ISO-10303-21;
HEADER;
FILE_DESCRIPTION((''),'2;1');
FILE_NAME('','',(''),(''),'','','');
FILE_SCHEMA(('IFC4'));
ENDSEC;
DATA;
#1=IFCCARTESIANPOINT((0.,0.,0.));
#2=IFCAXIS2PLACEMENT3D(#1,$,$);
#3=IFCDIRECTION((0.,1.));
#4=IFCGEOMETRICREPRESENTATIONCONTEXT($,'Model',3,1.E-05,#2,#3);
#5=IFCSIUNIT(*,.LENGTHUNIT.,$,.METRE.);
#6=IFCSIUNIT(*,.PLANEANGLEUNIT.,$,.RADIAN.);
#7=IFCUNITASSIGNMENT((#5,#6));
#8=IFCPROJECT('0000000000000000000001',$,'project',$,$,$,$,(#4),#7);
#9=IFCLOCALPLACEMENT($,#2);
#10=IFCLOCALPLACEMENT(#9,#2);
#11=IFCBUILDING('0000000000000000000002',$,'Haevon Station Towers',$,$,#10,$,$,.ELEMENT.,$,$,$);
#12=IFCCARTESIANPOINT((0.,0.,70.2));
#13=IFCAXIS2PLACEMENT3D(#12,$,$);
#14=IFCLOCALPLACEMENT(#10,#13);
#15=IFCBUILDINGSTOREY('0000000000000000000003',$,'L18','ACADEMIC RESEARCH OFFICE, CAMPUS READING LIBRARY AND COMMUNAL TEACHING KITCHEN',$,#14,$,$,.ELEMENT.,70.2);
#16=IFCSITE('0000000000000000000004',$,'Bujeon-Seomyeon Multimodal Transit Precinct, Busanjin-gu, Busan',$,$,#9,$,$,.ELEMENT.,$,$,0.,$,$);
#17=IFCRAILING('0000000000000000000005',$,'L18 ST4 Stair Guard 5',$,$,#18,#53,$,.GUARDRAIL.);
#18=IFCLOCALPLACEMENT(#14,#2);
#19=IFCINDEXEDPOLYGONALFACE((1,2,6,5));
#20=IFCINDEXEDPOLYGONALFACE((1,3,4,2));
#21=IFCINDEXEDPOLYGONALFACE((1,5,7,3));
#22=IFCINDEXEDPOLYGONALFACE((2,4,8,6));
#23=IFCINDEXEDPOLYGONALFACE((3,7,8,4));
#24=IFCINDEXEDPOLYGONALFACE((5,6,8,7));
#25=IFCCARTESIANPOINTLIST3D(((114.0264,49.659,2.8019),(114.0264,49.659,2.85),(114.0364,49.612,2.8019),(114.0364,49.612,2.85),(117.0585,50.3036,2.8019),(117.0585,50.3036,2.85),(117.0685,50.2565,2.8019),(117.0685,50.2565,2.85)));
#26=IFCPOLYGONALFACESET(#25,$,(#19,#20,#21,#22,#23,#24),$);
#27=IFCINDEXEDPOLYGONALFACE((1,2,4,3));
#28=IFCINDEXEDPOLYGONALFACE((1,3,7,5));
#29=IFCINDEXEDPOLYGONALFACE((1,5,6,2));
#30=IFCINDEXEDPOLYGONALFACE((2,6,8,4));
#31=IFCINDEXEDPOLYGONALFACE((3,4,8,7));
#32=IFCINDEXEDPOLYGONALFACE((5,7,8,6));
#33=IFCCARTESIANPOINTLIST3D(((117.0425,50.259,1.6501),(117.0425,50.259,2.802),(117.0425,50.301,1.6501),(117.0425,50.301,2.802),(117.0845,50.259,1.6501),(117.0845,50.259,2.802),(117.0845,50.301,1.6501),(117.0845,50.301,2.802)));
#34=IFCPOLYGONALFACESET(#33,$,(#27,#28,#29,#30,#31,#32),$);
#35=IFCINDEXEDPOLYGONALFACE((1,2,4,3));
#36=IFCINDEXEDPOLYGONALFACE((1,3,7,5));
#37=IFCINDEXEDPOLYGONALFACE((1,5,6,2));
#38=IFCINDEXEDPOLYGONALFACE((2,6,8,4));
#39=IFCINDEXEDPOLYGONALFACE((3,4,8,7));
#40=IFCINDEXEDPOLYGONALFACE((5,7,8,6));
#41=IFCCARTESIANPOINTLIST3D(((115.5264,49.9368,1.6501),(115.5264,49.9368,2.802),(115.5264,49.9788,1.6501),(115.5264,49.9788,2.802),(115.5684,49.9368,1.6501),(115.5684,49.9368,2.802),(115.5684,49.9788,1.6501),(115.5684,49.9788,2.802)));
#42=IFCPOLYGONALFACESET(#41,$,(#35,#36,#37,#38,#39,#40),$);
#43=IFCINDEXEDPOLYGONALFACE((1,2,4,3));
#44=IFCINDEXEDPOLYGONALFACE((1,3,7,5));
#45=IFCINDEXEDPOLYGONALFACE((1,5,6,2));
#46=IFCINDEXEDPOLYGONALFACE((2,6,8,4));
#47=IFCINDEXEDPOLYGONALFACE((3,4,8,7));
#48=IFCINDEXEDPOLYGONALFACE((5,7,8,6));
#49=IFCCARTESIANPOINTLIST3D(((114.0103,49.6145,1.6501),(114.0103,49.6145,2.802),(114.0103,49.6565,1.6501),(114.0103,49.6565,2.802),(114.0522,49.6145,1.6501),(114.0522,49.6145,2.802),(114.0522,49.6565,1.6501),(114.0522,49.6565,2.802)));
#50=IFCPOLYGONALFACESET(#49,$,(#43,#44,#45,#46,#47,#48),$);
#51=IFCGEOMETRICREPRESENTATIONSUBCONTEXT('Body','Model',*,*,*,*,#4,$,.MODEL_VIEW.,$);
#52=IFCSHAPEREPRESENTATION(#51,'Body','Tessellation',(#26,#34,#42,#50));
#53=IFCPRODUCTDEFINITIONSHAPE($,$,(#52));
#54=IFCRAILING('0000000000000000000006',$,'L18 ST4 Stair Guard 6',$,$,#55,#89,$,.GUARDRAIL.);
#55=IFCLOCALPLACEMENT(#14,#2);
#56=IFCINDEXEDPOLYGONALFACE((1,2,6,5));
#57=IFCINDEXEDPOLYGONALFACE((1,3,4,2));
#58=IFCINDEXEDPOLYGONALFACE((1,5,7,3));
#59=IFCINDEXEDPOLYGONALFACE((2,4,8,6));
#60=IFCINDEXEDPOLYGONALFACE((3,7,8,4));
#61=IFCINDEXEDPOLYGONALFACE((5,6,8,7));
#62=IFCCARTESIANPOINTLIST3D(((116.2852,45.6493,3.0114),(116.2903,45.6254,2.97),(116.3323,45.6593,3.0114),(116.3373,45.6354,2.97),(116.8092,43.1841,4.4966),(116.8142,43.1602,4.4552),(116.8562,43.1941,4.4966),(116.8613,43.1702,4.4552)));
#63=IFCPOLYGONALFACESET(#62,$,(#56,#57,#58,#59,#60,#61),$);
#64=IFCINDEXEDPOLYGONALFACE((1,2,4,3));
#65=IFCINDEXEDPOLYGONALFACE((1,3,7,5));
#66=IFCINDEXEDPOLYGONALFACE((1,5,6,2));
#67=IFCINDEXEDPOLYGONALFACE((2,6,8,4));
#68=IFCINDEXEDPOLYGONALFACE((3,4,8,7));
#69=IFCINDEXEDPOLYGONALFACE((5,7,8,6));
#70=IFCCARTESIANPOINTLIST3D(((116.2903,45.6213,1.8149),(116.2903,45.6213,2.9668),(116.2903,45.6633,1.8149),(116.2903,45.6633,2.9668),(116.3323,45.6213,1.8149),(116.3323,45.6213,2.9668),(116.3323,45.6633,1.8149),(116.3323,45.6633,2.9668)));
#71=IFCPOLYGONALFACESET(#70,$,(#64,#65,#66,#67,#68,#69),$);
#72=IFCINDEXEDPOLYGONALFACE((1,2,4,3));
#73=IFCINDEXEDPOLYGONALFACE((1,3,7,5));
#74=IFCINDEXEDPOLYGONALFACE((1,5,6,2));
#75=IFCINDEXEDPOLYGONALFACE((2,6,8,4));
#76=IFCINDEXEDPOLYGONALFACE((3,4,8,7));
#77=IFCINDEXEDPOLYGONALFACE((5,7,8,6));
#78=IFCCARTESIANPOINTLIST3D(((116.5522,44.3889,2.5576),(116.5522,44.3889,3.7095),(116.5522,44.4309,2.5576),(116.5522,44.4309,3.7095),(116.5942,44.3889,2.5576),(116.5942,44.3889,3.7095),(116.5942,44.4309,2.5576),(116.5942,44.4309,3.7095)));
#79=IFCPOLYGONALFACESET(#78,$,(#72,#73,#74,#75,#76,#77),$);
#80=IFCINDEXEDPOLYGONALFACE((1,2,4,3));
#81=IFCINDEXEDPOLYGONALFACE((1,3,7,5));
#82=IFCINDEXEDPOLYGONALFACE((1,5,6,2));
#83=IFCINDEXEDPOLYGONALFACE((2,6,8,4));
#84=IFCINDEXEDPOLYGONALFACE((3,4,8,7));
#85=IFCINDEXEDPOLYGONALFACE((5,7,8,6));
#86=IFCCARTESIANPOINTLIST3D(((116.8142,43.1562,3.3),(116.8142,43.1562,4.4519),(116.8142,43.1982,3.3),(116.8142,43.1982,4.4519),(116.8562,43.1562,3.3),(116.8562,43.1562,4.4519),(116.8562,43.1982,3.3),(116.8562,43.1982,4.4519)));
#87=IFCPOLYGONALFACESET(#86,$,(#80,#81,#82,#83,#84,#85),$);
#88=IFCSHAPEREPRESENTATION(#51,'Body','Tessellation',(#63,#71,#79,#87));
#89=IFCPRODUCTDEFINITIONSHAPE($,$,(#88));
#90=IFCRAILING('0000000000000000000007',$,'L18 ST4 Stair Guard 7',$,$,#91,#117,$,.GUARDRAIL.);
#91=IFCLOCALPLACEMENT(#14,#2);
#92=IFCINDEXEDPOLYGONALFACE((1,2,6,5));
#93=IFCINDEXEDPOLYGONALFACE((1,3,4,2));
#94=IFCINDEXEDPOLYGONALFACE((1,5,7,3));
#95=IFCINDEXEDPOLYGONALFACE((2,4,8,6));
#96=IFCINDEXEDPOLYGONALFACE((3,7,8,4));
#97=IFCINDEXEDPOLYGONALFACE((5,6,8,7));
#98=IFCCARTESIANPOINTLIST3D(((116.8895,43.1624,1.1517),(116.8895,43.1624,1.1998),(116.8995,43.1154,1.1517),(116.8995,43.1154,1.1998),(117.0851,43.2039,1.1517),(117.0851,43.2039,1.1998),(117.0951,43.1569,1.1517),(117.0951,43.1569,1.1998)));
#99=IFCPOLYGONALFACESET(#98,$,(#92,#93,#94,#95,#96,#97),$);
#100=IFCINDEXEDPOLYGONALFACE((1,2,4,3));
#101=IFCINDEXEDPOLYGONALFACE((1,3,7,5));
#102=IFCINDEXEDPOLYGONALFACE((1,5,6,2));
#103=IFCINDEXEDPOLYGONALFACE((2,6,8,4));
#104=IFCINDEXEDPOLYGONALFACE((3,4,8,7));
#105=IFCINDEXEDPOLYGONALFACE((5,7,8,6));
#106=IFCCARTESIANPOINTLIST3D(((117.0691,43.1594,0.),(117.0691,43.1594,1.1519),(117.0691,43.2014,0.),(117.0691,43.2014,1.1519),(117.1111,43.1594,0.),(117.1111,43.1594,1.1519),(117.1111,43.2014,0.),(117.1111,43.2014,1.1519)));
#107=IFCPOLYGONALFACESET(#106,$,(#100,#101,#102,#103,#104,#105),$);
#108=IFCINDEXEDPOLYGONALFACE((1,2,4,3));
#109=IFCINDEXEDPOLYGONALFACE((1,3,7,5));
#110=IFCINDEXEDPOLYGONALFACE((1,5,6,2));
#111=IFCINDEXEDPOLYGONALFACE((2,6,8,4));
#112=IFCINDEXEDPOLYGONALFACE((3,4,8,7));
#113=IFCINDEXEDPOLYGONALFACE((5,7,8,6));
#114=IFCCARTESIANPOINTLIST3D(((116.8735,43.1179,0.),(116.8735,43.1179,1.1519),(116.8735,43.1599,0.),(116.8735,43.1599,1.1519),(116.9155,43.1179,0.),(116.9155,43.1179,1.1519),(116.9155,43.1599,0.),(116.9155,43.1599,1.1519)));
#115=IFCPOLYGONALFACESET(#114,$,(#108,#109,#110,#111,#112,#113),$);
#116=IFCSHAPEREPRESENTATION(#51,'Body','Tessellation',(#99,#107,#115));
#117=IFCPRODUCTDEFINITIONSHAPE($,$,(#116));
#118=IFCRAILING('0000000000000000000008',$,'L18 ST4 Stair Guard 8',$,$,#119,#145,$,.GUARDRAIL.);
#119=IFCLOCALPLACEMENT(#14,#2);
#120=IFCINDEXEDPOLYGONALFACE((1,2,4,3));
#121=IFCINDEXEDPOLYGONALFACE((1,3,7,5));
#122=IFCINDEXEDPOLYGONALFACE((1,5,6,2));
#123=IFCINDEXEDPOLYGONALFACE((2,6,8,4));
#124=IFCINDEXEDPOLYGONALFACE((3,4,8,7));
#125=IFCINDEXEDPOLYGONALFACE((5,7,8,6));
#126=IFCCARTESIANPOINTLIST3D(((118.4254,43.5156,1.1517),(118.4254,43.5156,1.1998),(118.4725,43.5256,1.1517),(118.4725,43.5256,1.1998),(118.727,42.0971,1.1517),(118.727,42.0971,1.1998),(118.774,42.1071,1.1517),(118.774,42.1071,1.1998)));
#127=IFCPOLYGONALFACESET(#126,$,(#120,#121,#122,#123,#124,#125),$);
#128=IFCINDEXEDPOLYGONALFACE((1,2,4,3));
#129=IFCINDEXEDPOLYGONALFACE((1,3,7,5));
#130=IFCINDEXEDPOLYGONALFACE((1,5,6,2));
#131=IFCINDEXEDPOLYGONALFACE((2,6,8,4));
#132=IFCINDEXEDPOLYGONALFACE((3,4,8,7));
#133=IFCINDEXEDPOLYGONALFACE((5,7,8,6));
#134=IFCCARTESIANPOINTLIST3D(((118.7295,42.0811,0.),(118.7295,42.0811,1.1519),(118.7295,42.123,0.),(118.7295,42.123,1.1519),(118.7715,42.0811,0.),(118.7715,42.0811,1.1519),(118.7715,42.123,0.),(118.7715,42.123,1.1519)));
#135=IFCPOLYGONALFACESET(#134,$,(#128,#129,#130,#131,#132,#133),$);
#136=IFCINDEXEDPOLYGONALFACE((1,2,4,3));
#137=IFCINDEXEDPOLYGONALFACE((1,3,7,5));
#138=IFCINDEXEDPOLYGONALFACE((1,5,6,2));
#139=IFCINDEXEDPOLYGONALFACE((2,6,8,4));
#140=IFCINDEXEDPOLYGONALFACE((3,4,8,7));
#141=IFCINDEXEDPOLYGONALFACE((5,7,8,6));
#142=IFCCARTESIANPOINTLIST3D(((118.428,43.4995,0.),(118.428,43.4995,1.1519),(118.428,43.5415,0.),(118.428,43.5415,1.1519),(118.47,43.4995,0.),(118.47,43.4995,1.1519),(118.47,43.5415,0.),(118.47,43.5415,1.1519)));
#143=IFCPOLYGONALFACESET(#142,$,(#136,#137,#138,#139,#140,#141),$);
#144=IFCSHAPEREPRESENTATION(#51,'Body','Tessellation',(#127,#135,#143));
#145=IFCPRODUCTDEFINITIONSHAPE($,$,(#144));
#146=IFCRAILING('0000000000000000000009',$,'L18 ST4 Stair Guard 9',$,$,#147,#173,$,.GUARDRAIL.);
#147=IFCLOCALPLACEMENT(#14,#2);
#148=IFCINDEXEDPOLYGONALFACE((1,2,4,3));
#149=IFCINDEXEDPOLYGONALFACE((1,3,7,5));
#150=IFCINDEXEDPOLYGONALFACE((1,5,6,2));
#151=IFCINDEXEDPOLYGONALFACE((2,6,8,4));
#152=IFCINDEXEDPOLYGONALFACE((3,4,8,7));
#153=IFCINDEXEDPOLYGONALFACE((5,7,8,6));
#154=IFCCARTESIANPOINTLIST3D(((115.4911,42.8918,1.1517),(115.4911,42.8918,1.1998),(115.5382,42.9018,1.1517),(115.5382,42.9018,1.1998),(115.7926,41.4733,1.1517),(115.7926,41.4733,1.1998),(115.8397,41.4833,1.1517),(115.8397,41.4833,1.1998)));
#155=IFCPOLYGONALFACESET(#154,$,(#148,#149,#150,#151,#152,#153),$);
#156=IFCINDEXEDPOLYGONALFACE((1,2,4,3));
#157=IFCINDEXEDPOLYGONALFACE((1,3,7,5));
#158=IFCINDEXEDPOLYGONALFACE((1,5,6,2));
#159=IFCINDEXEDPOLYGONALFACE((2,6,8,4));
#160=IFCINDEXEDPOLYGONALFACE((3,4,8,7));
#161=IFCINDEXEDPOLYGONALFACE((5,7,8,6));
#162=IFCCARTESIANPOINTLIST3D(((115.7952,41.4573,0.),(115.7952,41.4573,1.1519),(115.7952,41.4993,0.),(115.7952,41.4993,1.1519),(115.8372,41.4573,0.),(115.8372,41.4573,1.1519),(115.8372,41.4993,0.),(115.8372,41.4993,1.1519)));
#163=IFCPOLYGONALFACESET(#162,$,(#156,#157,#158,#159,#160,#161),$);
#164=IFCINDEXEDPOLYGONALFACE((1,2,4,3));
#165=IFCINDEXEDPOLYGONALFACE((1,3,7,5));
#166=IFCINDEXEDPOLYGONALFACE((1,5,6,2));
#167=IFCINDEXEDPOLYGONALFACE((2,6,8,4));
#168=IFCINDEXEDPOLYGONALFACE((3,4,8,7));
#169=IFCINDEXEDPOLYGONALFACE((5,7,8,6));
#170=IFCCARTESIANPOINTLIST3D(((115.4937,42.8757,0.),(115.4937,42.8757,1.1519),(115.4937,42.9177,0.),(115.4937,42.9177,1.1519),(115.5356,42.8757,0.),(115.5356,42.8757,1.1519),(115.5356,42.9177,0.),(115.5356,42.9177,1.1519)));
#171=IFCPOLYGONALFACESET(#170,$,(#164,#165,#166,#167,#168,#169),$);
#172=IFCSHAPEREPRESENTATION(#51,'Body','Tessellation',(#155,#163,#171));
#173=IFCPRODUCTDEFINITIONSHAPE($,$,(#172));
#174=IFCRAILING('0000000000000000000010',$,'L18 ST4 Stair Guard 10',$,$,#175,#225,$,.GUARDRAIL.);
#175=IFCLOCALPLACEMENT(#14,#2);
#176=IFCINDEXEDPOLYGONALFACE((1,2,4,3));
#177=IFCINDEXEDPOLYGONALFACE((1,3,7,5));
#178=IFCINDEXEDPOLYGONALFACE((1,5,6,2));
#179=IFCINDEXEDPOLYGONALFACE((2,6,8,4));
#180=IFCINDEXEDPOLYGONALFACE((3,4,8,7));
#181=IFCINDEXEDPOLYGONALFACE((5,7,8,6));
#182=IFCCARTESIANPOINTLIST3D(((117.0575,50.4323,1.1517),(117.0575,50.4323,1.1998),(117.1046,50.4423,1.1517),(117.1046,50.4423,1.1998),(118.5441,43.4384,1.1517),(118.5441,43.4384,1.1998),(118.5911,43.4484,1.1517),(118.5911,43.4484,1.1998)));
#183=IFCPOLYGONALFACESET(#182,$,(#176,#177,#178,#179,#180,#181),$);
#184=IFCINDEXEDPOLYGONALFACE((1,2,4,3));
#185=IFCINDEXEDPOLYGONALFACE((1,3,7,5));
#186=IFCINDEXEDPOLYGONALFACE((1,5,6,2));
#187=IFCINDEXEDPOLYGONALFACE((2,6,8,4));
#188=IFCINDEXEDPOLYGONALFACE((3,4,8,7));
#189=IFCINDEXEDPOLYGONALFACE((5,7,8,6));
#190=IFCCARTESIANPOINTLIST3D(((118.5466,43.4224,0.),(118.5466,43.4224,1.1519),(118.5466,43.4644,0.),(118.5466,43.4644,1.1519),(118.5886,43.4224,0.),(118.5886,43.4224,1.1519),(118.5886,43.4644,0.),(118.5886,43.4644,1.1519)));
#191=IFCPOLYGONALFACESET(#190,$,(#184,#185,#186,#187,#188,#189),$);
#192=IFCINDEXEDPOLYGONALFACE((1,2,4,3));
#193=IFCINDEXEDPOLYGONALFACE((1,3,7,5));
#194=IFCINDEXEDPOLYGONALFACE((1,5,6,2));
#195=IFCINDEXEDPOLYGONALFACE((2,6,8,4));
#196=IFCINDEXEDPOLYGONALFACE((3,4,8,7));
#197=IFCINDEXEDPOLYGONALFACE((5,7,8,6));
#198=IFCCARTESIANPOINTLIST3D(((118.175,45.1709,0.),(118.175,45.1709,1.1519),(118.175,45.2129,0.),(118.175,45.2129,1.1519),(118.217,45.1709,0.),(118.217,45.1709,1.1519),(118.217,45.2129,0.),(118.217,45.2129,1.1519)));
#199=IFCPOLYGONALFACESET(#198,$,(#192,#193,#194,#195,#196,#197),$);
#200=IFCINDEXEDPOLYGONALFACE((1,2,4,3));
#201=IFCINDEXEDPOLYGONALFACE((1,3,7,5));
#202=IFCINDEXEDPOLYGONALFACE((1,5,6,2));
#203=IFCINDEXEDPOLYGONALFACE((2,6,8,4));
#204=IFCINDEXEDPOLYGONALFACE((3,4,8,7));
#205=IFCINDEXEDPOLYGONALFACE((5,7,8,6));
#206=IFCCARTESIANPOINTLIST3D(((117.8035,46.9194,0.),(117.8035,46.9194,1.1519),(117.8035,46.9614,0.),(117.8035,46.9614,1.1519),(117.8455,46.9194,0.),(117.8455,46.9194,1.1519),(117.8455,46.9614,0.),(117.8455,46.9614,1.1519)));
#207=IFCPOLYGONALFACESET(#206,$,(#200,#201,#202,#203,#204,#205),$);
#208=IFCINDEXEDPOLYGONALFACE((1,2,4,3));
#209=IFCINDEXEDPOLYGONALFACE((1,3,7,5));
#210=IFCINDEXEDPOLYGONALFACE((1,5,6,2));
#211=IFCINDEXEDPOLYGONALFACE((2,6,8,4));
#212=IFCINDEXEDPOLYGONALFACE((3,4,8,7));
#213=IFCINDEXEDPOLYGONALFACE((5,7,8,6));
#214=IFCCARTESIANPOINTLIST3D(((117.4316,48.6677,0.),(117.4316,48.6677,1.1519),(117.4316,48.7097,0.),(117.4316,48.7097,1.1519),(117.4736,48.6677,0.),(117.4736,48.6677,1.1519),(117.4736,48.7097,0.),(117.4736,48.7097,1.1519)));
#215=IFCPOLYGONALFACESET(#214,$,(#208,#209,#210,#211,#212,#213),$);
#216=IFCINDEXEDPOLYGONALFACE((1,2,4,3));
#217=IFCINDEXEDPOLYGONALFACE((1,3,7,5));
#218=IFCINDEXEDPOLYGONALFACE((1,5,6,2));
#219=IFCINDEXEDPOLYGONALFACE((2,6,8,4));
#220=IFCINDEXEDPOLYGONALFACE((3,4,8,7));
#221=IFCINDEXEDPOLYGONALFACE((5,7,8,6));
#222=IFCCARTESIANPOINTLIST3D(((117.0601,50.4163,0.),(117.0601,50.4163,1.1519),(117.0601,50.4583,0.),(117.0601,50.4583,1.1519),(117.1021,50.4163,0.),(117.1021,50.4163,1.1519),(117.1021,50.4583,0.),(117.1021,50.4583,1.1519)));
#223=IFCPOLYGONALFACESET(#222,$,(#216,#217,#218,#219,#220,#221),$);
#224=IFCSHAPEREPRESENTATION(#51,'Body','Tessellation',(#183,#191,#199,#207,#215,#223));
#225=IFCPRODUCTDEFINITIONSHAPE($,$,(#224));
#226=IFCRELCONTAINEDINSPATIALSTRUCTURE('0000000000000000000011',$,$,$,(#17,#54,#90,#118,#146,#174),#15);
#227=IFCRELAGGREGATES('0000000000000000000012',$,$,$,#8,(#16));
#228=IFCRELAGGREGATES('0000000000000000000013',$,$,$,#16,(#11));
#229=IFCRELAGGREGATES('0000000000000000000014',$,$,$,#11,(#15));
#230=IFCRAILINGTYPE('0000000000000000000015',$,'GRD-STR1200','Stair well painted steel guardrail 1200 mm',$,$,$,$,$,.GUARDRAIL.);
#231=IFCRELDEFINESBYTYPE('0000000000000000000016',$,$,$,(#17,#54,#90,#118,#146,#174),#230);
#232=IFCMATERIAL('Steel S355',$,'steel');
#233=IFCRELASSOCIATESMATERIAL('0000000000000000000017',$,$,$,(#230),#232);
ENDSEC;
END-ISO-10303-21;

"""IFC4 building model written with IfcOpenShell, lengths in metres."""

from ifc_helpers import new_model, si_unit, direction, frame, origin, origin_2d, place, context, subcontext, project, spatial, rectangle, extrude, material, type_object, element, save


model = new_model("IFC4")

# Units and contexts
model_context = context("Model", 3, precision=1e-05, world=origin(), true_north=direction((0.0, 1.0)))
body_context = subcontext(model_context, "Body", "Model", "MODEL_VIEW")
ifc_project = project(units=[si_unit("LENGTHUNIT", "METRE"), si_unit("PLANEANGLEUNIT", "RADIAN")], contexts=[model_context])

# Site, building, storey
site_placement = place(None, origin())
site = spatial("IfcSite", under=ifc_project, at=site_placement, Name="Bujeon-Seomyeon Multimodal Transit Precinct, Busanjin-gu, Busan", CompositionType="ELEMENT", RefElevation=0.0)
building_placement = place(site_placement, origin())
building = spatial("IfcBuilding", under=site, at=building_placement, Name="Haevon Station Towers", CompositionType="ELEMENT")
storey_placement = place(building_placement, frame((0.0, 0.0, 70.2)))
storey = spatial("IfcBuildingStorey", under=building, at=storey_placement, Name="L18", Description="ACADEMIC RESEARCH OFFICE, CAMPUS READING LIBRARY AND COMMUNAL TEACHING KITCHEN", CompositionType="ELEMENT", Elevation=70.2)

# Shared definitions
ifc_material_1 = material(Name="Steel S355", Category="steel")

# Railings
railing_type_1 = type_object("IfcRailingType", Name="GRD-STR1200", Description="Stair well painted steel guardrail 1200 mm", PredefinedType="GUARDRAIL", material=ifc_material_1)
railing_1_placement = place(storey_placement, frame((117.0635, 50.28, 1.6501)))
element("IfcRailing", 1, at=railing_1_placement, inside=storey, type_object=railing_type_1, Name="L18 ST4 Stair Guard 5", PredefinedType="GUARDRAIL", context=body_context, shape_type="SweptSolid", body=[
    extrude(rectangle(XDim=0.0481, YDim=0.0481, at=origin_2d()), frame((0.0, 0.0, 1.1758), z_axis=(-0.978147, -0.207915, 0.0), x_axis=(0.207915, -0.978147, 0.0)), (0.0, 0.0, 1.0), 3.0999),
    extrude(rectangle(XDim=0.042, YDim=0.042, at=origin_2d()), origin(), (0.0, 0.0, 1.0), 1.1519),
    extrude(rectangle(XDim=0.042, YDim=0.042, at=origin_2d()), frame((-1.5161, -0.3223, 0.0)), (0.0, 0.0, 1.0), 1.1519),
    extrude(rectangle(XDim=0.042, YDim=0.042, at=origin_2d()), frame((-3.0322, -0.6445, 0.0)), (0.0, 0.0, 1.0), 1.1519),
])
railing_2_placement = place(storey_placement, frame((116.3113, 45.6423, 1.8149)))
element("IfcRailing", 2, at=railing_2_placement, inside=storey, type_object=railing_type_1, Name="L18 ST4 Stair Guard 6", PredefinedType="GUARDRAIL", context=body_context, shape_type="SweptSolid", body=[
    extrude(rectangle(XDim=0.0481, YDim=0.0481, at=origin_2d()), frame((0.0, 0.0, 1.1758), z_axis=(0.179109, -0.842712, 0.507697), x_axis=(0.978151, 0.207895, 0.0)), (0.0, 0.0, 1.0), 2.9253),
    extrude(rectangle(XDim=0.042, YDim=0.042, at=origin_2d()), origin(), (0.0, 0.0, 1.0), 1.1519),
    extrude(rectangle(XDim=0.042, YDim=0.042, at=origin_2d()), frame((0.262, -1.2324, 0.7427)), (0.0, 0.0, 1.0), 1.1519),
    extrude(rectangle(XDim=0.042, YDim=0.042, at=origin_2d()), frame((0.5239, -2.4651, 1.4851)), (0.0, 0.0, 1.0), 1.1519),
])
railing_3_placement = place(storey_placement, frame((117.0901, 43.1804, 0.0)))
element("IfcRailing", 3, at=railing_3_placement, inside=storey, type_object=railing_type_1, Name="L18 ST4 Stair Guard 7", PredefinedType="GUARDRAIL", context=body_context, shape_type="SweptSolid", body=[
    extrude(rectangle(XDim=0.0481, YDim=0.0481, at=origin_2d()), frame((0.0, 0.0, 1.1758), z_axis=(-0.978212, -0.20761, 0.0), x_axis=(0.20761, -0.978212, 0.0)), (0.0, 0.0, 1.0), 0.2),
    extrude(rectangle(XDim=0.042, YDim=0.042, at=origin_2d()), origin(), (0.0, 0.0, 1.0), 1.1519),
    extrude(rectangle(XDim=0.042, YDim=0.042, at=origin_2d()), frame((-0.1956, -0.0415, 0.0)), (0.0, 0.0, 1.0), 1.1519),
])
for number, where, name in (
    (4, (118.7505, 42.1021, 0.0), "L18 ST4 Stair Guard 8"),
    (5, (115.8162, 41.4783, 0.0), "L18 ST4 Stair Guard 9"),
):
    element("IfcRailing", number, at=place(storey_placement, frame(where)), inside=storey, type_object=railing_type_1, Name=name, PredefinedType="GUARDRAIL", context=body_context, shape_type="SweptSolid", body=[
        extrude(rectangle(XDim=0.0481, YDim=0.0481, at=origin_2d()), frame((0.0, 0.0, 1.1758), z_axis=(-0.207919, 0.978146, 0.0), x_axis=(-0.978146, -0.207919, 0.0)), (0.0, 0.0, 1.0), 1.4502),
        extrude(rectangle(XDim=0.042, YDim=0.042, at=origin_2d()), origin(), (0.0, 0.0, 1.0), 1.1519),
        extrude(rectangle(XDim=0.042, YDim=0.042, at=origin_2d()), frame((-0.3015, 1.4185, 0.0)), (0.0, 0.0, 1.0), 1.1519),
    ])
railing_4_placement = place(storey_placement, frame((118.5676, 43.4434, 0.0)))
element("IfcRailing", 6, at=railing_4_placement, inside=storey, type_object=railing_type_1, Name="L18 ST4 Stair Guard 10", PredefinedType="GUARDRAIL", context=body_context, shape_type="SweptSolid", body=[
    extrude(rectangle(XDim=0.0481, YDim=0.0481, at=origin_2d()), frame((0.0, 0.0, 1.1758), z_axis=(-0.207908, 0.978148, 0.0), x_axis=(-0.978148, -0.207908, 0.0)), (0.0, 0.0, 1.0), 7.1501),
    extrude(rectangle(XDim=0.042, YDim=0.042, at=origin_2d()), origin(), (0.0, 0.0, 1.0), 1.1519),
    extrude(rectangle(XDim=0.042, YDim=0.042, at=origin_2d()), frame((-0.3716, 1.7485, 0.0)), (0.0, 0.0, 1.0), 1.1519),
    extrude(rectangle(XDim=0.042, YDim=0.042, at=origin_2d()), frame((-0.7432, 3.4971, 0.0)), (0.0, 0.0, 1.0), 1.1519),
    extrude(rectangle(XDim=0.042, YDim=0.042, at=origin_2d()), frame((-1.115, 5.2454, 0.0)), (0.0, 0.0, 1.0), 1.1519),
    extrude(rectangle(XDim=0.042, YDim=0.042, at=origin_2d()), frame((-1.4866, 6.9939, 0.0)), (0.0, 0.0, 1.0), 1.1519),
])

save(model, "model.ifc")
